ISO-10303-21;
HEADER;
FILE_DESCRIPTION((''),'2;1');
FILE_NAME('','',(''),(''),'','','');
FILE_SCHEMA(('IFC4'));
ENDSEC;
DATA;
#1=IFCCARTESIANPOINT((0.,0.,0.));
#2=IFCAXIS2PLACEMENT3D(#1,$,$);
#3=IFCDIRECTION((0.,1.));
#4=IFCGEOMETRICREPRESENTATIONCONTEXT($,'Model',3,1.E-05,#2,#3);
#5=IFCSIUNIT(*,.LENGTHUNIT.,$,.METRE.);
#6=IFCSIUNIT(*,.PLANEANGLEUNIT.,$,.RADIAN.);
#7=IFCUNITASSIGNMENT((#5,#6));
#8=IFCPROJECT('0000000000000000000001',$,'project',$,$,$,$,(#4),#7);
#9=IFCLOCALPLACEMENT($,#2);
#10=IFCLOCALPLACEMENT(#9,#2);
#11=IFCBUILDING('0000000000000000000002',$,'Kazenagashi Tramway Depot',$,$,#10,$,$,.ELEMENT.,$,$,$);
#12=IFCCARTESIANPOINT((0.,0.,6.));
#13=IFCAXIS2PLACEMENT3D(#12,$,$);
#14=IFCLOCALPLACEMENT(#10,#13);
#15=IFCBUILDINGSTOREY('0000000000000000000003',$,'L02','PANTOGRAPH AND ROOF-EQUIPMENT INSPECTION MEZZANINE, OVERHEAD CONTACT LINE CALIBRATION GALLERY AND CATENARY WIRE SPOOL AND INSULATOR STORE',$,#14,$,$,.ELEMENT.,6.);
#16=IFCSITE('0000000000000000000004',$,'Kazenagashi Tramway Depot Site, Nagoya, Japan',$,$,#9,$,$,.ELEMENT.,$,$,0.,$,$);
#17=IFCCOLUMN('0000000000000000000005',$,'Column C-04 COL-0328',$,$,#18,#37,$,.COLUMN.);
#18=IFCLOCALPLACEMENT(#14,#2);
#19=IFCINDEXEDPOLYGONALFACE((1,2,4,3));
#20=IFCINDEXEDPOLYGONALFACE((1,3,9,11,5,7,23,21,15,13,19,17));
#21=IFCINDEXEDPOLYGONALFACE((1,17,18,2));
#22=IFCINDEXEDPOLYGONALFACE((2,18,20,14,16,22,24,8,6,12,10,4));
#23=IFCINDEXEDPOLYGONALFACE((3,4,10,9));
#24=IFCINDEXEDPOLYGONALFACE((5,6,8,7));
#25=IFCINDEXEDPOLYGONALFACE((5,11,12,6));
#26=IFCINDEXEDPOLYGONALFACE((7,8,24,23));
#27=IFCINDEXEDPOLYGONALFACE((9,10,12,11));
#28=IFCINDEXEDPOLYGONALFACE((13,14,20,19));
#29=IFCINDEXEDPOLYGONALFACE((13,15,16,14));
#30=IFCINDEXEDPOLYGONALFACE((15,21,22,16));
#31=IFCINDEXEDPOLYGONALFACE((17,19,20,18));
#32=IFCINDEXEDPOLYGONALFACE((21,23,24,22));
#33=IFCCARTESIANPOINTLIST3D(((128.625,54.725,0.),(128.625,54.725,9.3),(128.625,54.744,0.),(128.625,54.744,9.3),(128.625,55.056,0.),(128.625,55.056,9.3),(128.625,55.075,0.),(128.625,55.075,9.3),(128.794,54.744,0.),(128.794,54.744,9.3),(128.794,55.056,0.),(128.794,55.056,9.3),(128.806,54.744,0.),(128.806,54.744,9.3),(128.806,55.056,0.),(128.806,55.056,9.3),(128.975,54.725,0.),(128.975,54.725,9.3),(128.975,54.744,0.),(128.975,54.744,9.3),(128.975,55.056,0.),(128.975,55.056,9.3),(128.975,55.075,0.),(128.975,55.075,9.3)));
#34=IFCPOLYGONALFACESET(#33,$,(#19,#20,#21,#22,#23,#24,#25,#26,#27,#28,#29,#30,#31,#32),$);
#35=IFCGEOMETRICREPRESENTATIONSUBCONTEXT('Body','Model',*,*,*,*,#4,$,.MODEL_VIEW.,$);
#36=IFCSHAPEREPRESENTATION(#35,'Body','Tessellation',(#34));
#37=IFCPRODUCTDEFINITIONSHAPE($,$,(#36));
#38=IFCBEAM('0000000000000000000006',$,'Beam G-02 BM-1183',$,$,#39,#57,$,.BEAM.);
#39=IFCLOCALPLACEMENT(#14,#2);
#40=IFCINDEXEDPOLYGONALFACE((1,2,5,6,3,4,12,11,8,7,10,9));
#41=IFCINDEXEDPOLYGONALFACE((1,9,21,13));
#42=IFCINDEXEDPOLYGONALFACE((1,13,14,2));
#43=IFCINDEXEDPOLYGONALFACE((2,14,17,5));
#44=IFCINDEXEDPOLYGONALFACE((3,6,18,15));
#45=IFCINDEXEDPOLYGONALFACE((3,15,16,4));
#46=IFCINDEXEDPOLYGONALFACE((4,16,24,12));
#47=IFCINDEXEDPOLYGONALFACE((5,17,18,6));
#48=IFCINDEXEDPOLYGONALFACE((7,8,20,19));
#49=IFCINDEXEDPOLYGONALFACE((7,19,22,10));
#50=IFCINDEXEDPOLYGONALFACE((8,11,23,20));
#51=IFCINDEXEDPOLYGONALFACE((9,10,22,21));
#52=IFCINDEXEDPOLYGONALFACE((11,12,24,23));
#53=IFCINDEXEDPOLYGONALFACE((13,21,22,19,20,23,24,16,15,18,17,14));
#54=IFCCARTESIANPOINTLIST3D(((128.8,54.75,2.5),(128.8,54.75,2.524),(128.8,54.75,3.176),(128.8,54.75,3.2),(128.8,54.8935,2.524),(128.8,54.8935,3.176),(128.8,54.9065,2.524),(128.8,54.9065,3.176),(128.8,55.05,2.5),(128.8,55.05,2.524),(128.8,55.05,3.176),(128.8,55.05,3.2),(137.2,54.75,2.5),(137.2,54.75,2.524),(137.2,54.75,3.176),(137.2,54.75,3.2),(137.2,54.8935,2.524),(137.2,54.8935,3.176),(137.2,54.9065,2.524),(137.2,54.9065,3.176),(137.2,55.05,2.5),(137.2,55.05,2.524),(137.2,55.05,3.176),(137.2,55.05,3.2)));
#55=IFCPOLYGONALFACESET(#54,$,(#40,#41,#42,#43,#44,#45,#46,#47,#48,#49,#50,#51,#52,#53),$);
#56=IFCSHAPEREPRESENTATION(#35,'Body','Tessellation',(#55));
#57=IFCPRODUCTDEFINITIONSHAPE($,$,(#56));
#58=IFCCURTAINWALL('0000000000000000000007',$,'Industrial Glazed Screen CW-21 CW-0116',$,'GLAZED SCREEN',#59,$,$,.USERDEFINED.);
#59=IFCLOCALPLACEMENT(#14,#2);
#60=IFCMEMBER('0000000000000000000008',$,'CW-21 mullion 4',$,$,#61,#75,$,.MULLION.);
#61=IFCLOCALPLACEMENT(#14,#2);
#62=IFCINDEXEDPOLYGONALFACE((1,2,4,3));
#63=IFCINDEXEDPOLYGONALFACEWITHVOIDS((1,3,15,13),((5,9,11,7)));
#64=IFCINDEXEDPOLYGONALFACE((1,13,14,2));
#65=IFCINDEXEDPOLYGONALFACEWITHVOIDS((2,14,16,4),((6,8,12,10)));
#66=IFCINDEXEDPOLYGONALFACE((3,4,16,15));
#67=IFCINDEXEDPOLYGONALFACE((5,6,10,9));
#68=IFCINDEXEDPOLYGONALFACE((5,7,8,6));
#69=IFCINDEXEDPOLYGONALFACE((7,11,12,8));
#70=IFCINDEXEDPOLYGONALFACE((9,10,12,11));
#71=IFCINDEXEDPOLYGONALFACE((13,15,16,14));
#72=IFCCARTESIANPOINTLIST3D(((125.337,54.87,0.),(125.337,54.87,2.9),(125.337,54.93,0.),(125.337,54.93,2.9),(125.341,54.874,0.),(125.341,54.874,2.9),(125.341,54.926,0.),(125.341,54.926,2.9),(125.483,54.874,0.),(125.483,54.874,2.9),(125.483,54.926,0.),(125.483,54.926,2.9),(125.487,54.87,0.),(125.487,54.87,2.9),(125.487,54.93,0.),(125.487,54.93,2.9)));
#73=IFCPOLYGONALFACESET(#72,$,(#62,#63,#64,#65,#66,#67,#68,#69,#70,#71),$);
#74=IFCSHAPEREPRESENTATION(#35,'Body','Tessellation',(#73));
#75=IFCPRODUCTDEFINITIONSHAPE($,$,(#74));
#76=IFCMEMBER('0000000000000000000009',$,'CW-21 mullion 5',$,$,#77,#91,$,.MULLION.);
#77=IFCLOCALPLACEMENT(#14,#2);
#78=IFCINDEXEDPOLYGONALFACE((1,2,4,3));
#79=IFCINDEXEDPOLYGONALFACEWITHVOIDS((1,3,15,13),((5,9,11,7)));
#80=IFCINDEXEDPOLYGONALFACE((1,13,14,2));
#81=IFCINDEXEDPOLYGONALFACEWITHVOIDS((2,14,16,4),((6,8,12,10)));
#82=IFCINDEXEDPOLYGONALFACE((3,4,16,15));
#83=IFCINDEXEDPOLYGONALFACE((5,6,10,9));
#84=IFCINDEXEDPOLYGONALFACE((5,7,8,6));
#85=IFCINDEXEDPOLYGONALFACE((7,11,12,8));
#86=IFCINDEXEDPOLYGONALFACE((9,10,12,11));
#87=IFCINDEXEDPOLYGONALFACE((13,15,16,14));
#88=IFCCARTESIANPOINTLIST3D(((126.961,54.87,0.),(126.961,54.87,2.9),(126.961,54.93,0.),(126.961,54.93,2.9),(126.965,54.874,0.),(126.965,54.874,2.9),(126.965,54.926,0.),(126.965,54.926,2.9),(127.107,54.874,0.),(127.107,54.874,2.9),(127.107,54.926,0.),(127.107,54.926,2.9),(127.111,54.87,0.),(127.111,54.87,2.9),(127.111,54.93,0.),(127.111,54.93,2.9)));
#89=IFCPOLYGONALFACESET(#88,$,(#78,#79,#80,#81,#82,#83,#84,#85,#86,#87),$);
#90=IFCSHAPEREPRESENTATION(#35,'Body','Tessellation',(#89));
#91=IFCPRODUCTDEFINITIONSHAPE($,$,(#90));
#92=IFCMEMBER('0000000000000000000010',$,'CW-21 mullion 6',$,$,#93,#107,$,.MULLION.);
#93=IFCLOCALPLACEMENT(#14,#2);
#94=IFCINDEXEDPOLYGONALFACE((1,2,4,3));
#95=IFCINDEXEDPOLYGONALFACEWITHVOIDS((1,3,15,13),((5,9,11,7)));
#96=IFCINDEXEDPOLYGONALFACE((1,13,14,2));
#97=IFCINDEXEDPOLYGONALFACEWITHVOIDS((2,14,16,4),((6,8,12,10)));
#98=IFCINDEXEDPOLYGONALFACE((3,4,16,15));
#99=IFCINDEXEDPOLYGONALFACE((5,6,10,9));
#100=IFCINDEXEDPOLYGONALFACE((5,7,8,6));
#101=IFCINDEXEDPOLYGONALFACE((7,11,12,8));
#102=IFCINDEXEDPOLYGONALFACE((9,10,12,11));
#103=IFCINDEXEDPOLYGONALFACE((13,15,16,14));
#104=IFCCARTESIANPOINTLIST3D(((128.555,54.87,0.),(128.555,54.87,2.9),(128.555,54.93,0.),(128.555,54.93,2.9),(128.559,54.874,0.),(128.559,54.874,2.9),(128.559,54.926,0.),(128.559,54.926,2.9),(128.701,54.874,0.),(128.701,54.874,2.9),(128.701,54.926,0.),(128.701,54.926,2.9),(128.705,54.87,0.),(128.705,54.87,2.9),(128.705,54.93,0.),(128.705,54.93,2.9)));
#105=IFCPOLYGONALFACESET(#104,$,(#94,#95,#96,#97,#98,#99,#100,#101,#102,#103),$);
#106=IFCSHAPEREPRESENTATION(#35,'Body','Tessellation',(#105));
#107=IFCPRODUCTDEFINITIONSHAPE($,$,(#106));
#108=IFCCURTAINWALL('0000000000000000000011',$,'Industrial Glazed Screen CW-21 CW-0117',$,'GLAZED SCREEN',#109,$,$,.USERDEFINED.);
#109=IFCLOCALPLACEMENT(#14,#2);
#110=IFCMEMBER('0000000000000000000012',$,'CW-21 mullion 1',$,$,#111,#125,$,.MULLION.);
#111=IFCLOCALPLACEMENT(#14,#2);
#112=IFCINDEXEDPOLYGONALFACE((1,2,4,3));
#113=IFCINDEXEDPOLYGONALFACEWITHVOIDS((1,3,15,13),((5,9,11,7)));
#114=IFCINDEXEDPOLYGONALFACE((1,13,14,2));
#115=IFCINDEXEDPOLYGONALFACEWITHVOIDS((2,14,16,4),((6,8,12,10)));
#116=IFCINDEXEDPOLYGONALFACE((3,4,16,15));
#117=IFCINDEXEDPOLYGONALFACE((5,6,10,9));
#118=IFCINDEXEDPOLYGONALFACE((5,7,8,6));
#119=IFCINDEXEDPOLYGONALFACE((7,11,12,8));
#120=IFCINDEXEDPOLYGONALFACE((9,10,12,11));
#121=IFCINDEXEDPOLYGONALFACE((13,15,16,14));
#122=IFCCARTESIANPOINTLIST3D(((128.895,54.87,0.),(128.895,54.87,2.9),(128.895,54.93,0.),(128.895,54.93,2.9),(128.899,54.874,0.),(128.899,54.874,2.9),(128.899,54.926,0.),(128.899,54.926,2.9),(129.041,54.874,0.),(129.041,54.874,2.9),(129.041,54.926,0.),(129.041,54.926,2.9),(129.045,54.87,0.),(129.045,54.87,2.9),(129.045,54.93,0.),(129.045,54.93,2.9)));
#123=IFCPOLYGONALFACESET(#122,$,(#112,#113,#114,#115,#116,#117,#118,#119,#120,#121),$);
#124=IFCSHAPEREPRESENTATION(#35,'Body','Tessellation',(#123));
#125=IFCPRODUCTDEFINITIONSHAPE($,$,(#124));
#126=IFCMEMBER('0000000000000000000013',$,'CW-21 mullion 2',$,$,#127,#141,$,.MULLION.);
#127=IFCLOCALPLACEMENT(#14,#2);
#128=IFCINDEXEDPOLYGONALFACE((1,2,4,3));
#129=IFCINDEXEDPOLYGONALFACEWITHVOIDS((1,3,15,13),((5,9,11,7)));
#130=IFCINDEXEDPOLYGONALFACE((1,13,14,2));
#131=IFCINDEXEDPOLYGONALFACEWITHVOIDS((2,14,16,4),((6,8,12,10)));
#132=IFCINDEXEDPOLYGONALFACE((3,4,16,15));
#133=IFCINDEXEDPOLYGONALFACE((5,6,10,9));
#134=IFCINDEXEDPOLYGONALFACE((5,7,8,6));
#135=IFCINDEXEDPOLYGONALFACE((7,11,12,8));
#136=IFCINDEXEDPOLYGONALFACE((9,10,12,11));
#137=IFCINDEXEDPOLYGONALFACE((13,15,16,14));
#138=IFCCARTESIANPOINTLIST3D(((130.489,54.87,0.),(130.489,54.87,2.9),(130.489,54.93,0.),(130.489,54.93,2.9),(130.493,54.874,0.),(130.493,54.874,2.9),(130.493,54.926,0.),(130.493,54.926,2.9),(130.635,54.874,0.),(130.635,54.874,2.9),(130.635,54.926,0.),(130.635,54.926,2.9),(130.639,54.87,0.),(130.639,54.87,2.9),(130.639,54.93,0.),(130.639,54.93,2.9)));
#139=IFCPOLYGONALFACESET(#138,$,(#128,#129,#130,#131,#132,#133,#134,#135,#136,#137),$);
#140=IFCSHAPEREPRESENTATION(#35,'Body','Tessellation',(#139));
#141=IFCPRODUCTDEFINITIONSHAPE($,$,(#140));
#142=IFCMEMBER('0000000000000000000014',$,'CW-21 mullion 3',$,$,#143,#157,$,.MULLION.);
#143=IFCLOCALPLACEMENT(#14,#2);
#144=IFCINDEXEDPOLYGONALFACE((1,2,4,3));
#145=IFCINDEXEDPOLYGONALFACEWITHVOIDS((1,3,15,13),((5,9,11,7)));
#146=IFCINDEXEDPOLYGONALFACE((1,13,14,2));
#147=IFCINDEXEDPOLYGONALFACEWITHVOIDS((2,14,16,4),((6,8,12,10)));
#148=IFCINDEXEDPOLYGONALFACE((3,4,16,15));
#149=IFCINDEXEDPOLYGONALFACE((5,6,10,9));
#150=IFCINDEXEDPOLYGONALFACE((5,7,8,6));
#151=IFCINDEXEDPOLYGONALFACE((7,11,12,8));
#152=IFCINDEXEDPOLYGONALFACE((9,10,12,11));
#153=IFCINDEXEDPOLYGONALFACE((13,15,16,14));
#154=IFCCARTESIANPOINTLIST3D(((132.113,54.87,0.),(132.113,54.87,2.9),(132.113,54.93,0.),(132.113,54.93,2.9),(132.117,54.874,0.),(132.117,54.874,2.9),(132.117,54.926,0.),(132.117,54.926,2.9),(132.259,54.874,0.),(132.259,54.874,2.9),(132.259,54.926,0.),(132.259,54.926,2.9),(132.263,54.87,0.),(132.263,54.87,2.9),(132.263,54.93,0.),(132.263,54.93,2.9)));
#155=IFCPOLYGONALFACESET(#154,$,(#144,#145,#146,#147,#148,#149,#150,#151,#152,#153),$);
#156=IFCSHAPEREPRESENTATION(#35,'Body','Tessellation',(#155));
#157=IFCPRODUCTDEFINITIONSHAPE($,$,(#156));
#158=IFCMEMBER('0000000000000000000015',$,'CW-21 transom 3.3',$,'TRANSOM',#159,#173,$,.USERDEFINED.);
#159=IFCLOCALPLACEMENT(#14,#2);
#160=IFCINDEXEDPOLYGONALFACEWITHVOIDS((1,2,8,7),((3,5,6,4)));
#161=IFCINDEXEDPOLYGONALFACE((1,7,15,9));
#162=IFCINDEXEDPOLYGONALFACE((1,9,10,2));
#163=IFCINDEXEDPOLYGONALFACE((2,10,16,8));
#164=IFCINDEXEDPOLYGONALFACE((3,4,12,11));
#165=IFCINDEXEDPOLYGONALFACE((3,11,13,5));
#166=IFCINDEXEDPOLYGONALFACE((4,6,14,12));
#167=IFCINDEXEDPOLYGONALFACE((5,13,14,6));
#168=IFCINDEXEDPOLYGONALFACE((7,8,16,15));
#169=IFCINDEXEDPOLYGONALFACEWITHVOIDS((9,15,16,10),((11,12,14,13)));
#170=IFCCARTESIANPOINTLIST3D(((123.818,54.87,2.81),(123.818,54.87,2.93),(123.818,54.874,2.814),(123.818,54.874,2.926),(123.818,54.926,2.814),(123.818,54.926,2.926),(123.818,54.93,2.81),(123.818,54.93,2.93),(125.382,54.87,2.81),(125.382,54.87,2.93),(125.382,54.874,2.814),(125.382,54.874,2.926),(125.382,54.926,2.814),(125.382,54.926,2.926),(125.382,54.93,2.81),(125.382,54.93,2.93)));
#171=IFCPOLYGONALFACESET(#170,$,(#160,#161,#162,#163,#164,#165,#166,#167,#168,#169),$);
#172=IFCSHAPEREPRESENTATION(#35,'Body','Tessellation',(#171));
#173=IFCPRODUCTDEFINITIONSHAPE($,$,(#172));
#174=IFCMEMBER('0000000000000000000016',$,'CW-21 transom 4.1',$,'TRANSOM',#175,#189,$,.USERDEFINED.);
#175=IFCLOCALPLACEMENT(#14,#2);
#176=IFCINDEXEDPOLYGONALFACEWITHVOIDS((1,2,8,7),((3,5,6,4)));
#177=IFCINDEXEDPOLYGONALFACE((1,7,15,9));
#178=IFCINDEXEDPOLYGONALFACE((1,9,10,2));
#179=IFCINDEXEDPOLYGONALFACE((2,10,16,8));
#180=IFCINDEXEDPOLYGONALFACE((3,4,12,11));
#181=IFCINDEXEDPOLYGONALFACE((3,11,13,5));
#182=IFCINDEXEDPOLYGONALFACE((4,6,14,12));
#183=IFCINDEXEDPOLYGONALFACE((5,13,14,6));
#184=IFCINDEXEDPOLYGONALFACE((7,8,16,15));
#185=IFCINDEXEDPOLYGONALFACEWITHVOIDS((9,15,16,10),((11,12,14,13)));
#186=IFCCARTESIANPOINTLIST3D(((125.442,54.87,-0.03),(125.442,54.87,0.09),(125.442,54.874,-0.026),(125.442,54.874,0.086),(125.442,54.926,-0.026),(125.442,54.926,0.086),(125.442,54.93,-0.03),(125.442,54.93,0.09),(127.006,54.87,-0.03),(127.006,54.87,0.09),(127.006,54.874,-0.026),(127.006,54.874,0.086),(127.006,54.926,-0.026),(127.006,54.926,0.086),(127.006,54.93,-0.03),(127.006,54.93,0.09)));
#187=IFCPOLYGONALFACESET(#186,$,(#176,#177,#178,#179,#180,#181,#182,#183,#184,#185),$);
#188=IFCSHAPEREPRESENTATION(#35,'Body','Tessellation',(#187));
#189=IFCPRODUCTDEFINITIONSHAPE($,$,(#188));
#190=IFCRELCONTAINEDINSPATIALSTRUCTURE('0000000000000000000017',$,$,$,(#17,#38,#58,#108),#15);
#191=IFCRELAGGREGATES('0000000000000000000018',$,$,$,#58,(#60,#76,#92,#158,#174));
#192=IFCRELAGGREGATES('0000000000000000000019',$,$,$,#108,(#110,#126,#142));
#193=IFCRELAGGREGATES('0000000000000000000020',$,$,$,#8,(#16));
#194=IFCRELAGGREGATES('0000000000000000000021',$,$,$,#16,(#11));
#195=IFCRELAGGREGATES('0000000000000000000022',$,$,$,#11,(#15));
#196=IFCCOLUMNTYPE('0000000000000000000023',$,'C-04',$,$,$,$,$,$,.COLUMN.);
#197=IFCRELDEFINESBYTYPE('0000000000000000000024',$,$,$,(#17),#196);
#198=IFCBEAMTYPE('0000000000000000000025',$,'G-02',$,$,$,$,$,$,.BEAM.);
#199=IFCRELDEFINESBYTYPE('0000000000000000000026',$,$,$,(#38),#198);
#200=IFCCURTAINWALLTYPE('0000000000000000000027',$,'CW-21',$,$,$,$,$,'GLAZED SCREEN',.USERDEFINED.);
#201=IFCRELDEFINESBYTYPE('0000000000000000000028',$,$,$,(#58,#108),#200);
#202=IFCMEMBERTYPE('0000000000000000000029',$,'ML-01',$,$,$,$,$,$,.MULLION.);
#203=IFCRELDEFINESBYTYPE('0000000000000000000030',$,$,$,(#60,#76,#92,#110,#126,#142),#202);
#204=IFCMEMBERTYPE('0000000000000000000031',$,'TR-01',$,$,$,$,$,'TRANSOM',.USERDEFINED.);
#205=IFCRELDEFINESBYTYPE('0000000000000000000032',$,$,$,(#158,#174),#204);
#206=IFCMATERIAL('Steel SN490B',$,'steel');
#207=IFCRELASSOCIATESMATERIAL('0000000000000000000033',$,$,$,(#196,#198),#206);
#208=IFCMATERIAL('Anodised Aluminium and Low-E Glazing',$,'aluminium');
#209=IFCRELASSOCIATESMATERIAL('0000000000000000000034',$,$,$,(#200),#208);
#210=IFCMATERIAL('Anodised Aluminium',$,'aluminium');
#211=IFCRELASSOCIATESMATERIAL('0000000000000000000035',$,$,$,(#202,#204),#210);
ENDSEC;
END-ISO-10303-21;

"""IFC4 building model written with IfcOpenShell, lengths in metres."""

from ifc_helpers import new_model, si_unit, direction, frame, origin, origin_2d, place, context, subcontext, project, spatial, hollow_rectangle, i_section, extrude, material, material_profile, profile_set, type_object, element, aggregate, save


model = new_model("IFC4")

# Units and contexts
model_context = context("Model", 3, precision=1e-05, world=origin(), true_north=direction((0.0, 1.0)))
body_context = subcontext(model_context, "Body", "Model", "MODEL_VIEW")
ifc_project = project(units=[si_unit("LENGTHUNIT", "METRE"), si_unit("PLANEANGLEUNIT", "RADIAN")], contexts=[model_context])

# Site, building, storey
site_placement = place(None, origin())
site = spatial("IfcSite", under=ifc_project, at=site_placement, Name="Kazenagashi Tramway Depot Site, Nagoya, Japan", CompositionType="ELEMENT", RefElevation=0.0)
building_placement = place(site_placement, origin())
building = spatial("IfcBuilding", under=site, at=building_placement, Name="Kazenagashi Tramway Depot", CompositionType="ELEMENT")
storey_placement = place(building_placement, frame((0.0, 0.0, 6.0)))
storey = spatial("IfcBuildingStorey", under=building, at=storey_placement, Name="L02", Description="PANTOGRAPH AND ROOF-EQUIPMENT INSPECTION MEZZANINE, OVERHEAD CONTACT LINE CALIBRATION GALLERY AND CATENARY WIRE SPOOL AND INSULATOR STORE", CompositionType="ELEMENT", Elevation=6.0)

# Column
ifc_material_1 = material(Name="Steel SN490B", Category="steel")
ifc_material_profile_1 = material_profile(ifc_material_1, i_section(OverallWidth=0.35, OverallDepth=0.35, WebThickness=0.012, FlangeThickness=0.019, at=origin_2d()), Name="H-350x350x12x19")
ifc_profile_set_1 = profile_set([ifc_material_profile_1], Name="Steel SN490B")
column_type = type_object("IfcColumnType", Name="C-04", PredefinedType="COLUMN", material=ifc_profile_set_1)
column_placement = place(storey_placement, frame((128.8, 54.9, 0.0), z_axis=(0.0, 0.0, 1.0), x_axis=(1.0, 0.0, 0.0)))
element("IfcColumn", 1, at=column_placement, inside=storey, type_object=column_type, Name="Column C-04 COL-0328", PredefinedType="COLUMN", context=body_context, shape_type="SweptSolid", body=[
    extrude(i_section(OverallWidth=0.35, OverallDepth=0.35, WebThickness=0.012, FlangeThickness=0.019, at=origin_2d()), origin(), (0.0, 0.0, 1.0), 9.3),
])

# Beam
ifc_material_profile_2 = material_profile(ifc_material_1, i_section(OverallWidth=0.3, OverallDepth=0.7, WebThickness=0.013, FlangeThickness=0.024, at=origin_2d()), Name="H-700x300x13x24")
ifc_profile_set_2 = profile_set([ifc_material_profile_2], Name="Steel SN490B")
beam_type = type_object("IfcBeamType", Name="G-02", PredefinedType="BEAM", material=ifc_profile_set_2)
beam_placement = place(storey_placement, frame((128.8, 54.9, 2.85), z_axis=(1.0, 0.0, 0.0), x_axis=(0.0, 1.0, 0.0)))
element("IfcBeam", 2, at=beam_placement, inside=storey, type_object=beam_type, Name="Beam G-02 BM-1183", PredefinedType="BEAM", context=body_context, shape_type="SweptSolid", body=[
    extrude(i_section(OverallWidth=0.3, OverallDepth=0.7, WebThickness=0.013, FlangeThickness=0.024, at=origin_2d()), origin(), (0.0, 0.0, 1.0), 8.4),
])

# Curtain walls, members
ifc_material_2 = material(Name="Anodised Aluminium and Low-E Glazing", Category="aluminium")
curtain_wall_type = type_object("IfcCurtainWallType", Name="CW-21", ElementType="GLAZED SCREEN", PredefinedType="USERDEFINED", material=ifc_material_2)
curtain_wall_1_placement = place(storey_placement, origin())
curtain_wall_1 = element("IfcCurtainWall", 3, at=curtain_wall_1_placement, inside=storey, type_object=curtain_wall_type, Name="Industrial Glazed Screen CW-21 CW-0116", ObjectType="GLAZED SCREEN", PredefinedType="USERDEFINED")
ifc_material_3 = material(Name="Anodised Aluminium", Category="aluminium")
ifc_material_profile_3 = material_profile(ifc_material_3, hollow_rectangle(XDim=0.06, YDim=0.15, WallThickness=0.004, at=origin_2d()), Name="RHS-150x60x4")
ifc_profile_set_3 = profile_set([ifc_material_profile_3], Name="Anodised Aluminium")
member_type_1 = type_object("IfcMemberType", Name="ML-01", PredefinedType="MULLION", material=ifc_profile_set_3)
member_1_placement = place(storey_placement, frame((125.412, 54.9, 0.0), z_axis=(0.0, 0.0, 1.0), x_axis=(0.0, 1.0, 0.0)))
member_1 = element("IfcMember", 4, at=member_1_placement, type_object=member_type_1, Name="CW-21 mullion 4", PredefinedType="MULLION", context=body_context, shape_type="SweptSolid", body=[
    extrude(hollow_rectangle(XDim=0.06, YDim=0.15, WallThickness=0.004, at=origin_2d()), origin(), (0.0, 0.0, 1.0), 2.9),
])
member_2_placement = place(storey_placement, frame((127.036, 54.9, 0.0), z_axis=(0.0, 0.0, 1.0), x_axis=(0.0, 1.0, 0.0)))
member_2 = element("IfcMember", 5, at=member_2_placement, type_object=member_type_1, Name="CW-21 mullion 5", PredefinedType="MULLION", context=body_context, shape_type="SweptSolid", body=[
    extrude(hollow_rectangle(XDim=0.06, YDim=0.15, WallThickness=0.004, at=origin_2d()), origin(), (0.0, 0.0, 1.0), 2.9),
])
member_3_placement = place(storey_placement, frame((128.63, 54.9, 0.0), z_axis=(0.0, 0.0, 1.0), x_axis=(0.0, 1.0, 0.0)))
member_3 = element("IfcMember", 6, at=member_3_placement, type_object=member_type_1, Name="CW-21 mullion 6", PredefinedType="MULLION", context=body_context, shape_type="SweptSolid", body=[
    extrude(hollow_rectangle(XDim=0.06, YDim=0.15, WallThickness=0.004, at=origin_2d()), origin(), (0.0, 0.0, 1.0), 2.9),
])
curtain_wall_2_placement = place(storey_placement, origin())
curtain_wall_2 = element("IfcCurtainWall", 7, at=curtain_wall_2_placement, inside=storey, type_object=curtain_wall_type, Name="Industrial Glazed Screen CW-21 CW-0117", ObjectType="GLAZED SCREEN", PredefinedType="USERDEFINED")
member_4_placement = place(storey_placement, frame((128.97, 54.9, 0.0), z_axis=(0.0, 0.0, 1.0), x_axis=(0.0, 1.0, 0.0)))
member_4 = element("IfcMember", 8, at=member_4_placement, type_object=member_type_1, Name="CW-21 mullion 1", PredefinedType="MULLION", context=body_context, shape_type="SweptSolid", body=[
    extrude(hollow_rectangle(XDim=0.06, YDim=0.15, WallThickness=0.004, at=origin_2d()), origin(), (0.0, 0.0, 1.0), 2.9),
])
member_5_placement = place(storey_placement, frame((130.564, 54.9, 0.0), z_axis=(0.0, 0.0, 1.0), x_axis=(0.0, 1.0, 0.0)))
member_5 = element("IfcMember", 9, at=member_5_placement, type_object=member_type_1, Name="CW-21 mullion 2", PredefinedType="MULLION", context=body_context, shape_type="SweptSolid", body=[
    extrude(hollow_rectangle(XDim=0.06, YDim=0.15, WallThickness=0.004, at=origin_2d()), origin(), (0.0, 0.0, 1.0), 2.9),
])
member_6_placement = place(storey_placement, frame((132.188, 54.9, 0.0), z_axis=(0.0, 0.0, 1.0), x_axis=(0.0, 1.0, 0.0)))
member_6 = element("IfcMember", 10, at=member_6_placement, type_object=member_type_1, Name="CW-21 mullion 3", PredefinedType="MULLION", context=body_context, shape_type="SweptSolid", body=[
    extrude(hollow_rectangle(XDim=0.06, YDim=0.15, WallThickness=0.004, at=origin_2d()), origin(), (0.0, 0.0, 1.0), 2.9),
])

# Members
ifc_material_profile_4 = material_profile(ifc_material_3, hollow_rectangle(XDim=0.06, YDim=0.12, WallThickness=0.004, at=origin_2d()), Name="RHS-120x60x4")
ifc_profile_set_4 = profile_set([ifc_material_profile_4], Name="Anodised Aluminium")
member_type_2 = type_object("IfcMemberType", Name="TR-01", ElementType="TRANSOM", PredefinedType="USERDEFINED", material=ifc_profile_set_4)
member_7_placement = place(storey_placement, frame((123.818, 54.9, 2.87), z_axis=(1.0, 0.0, 0.0), x_axis=(0.0, 1.0, 0.0)))
member_7 = element("IfcMember", 11, at=member_7_placement, type_object=member_type_2, Name="CW-21 transom 3.3", ObjectType="TRANSOM", PredefinedType="USERDEFINED", context=body_context, shape_type="SweptSolid", body=[
    extrude(hollow_rectangle(XDim=0.06, YDim=0.12, WallThickness=0.004, at=origin_2d()), origin(), (0.0, 0.0, 1.0), 1.564),
])
member_8_placement = place(storey_placement, frame((125.442, 54.9, 0.03), z_axis=(1.0, 0.0, 0.0), x_axis=(0.0, 1.0, 0.0)))
member_8 = element("IfcMember", 12, at=member_8_placement, type_object=member_type_2, Name="CW-21 transom 4.1", ObjectType="TRANSOM", PredefinedType="USERDEFINED", context=body_context, shape_type="SweptSolid", body=[
    extrude(hollow_rectangle(XDim=0.06, YDim=0.12, WallThickness=0.004, at=origin_2d()), origin(), (0.0, 0.0, 1.0), 1.564),
])

aggregate(curtain_wall_1, [member_1, member_2, member_3, member_7, member_8])
aggregate(curtain_wall_2, [member_4, member_5, member_6])

save(model, "model.ifc")
